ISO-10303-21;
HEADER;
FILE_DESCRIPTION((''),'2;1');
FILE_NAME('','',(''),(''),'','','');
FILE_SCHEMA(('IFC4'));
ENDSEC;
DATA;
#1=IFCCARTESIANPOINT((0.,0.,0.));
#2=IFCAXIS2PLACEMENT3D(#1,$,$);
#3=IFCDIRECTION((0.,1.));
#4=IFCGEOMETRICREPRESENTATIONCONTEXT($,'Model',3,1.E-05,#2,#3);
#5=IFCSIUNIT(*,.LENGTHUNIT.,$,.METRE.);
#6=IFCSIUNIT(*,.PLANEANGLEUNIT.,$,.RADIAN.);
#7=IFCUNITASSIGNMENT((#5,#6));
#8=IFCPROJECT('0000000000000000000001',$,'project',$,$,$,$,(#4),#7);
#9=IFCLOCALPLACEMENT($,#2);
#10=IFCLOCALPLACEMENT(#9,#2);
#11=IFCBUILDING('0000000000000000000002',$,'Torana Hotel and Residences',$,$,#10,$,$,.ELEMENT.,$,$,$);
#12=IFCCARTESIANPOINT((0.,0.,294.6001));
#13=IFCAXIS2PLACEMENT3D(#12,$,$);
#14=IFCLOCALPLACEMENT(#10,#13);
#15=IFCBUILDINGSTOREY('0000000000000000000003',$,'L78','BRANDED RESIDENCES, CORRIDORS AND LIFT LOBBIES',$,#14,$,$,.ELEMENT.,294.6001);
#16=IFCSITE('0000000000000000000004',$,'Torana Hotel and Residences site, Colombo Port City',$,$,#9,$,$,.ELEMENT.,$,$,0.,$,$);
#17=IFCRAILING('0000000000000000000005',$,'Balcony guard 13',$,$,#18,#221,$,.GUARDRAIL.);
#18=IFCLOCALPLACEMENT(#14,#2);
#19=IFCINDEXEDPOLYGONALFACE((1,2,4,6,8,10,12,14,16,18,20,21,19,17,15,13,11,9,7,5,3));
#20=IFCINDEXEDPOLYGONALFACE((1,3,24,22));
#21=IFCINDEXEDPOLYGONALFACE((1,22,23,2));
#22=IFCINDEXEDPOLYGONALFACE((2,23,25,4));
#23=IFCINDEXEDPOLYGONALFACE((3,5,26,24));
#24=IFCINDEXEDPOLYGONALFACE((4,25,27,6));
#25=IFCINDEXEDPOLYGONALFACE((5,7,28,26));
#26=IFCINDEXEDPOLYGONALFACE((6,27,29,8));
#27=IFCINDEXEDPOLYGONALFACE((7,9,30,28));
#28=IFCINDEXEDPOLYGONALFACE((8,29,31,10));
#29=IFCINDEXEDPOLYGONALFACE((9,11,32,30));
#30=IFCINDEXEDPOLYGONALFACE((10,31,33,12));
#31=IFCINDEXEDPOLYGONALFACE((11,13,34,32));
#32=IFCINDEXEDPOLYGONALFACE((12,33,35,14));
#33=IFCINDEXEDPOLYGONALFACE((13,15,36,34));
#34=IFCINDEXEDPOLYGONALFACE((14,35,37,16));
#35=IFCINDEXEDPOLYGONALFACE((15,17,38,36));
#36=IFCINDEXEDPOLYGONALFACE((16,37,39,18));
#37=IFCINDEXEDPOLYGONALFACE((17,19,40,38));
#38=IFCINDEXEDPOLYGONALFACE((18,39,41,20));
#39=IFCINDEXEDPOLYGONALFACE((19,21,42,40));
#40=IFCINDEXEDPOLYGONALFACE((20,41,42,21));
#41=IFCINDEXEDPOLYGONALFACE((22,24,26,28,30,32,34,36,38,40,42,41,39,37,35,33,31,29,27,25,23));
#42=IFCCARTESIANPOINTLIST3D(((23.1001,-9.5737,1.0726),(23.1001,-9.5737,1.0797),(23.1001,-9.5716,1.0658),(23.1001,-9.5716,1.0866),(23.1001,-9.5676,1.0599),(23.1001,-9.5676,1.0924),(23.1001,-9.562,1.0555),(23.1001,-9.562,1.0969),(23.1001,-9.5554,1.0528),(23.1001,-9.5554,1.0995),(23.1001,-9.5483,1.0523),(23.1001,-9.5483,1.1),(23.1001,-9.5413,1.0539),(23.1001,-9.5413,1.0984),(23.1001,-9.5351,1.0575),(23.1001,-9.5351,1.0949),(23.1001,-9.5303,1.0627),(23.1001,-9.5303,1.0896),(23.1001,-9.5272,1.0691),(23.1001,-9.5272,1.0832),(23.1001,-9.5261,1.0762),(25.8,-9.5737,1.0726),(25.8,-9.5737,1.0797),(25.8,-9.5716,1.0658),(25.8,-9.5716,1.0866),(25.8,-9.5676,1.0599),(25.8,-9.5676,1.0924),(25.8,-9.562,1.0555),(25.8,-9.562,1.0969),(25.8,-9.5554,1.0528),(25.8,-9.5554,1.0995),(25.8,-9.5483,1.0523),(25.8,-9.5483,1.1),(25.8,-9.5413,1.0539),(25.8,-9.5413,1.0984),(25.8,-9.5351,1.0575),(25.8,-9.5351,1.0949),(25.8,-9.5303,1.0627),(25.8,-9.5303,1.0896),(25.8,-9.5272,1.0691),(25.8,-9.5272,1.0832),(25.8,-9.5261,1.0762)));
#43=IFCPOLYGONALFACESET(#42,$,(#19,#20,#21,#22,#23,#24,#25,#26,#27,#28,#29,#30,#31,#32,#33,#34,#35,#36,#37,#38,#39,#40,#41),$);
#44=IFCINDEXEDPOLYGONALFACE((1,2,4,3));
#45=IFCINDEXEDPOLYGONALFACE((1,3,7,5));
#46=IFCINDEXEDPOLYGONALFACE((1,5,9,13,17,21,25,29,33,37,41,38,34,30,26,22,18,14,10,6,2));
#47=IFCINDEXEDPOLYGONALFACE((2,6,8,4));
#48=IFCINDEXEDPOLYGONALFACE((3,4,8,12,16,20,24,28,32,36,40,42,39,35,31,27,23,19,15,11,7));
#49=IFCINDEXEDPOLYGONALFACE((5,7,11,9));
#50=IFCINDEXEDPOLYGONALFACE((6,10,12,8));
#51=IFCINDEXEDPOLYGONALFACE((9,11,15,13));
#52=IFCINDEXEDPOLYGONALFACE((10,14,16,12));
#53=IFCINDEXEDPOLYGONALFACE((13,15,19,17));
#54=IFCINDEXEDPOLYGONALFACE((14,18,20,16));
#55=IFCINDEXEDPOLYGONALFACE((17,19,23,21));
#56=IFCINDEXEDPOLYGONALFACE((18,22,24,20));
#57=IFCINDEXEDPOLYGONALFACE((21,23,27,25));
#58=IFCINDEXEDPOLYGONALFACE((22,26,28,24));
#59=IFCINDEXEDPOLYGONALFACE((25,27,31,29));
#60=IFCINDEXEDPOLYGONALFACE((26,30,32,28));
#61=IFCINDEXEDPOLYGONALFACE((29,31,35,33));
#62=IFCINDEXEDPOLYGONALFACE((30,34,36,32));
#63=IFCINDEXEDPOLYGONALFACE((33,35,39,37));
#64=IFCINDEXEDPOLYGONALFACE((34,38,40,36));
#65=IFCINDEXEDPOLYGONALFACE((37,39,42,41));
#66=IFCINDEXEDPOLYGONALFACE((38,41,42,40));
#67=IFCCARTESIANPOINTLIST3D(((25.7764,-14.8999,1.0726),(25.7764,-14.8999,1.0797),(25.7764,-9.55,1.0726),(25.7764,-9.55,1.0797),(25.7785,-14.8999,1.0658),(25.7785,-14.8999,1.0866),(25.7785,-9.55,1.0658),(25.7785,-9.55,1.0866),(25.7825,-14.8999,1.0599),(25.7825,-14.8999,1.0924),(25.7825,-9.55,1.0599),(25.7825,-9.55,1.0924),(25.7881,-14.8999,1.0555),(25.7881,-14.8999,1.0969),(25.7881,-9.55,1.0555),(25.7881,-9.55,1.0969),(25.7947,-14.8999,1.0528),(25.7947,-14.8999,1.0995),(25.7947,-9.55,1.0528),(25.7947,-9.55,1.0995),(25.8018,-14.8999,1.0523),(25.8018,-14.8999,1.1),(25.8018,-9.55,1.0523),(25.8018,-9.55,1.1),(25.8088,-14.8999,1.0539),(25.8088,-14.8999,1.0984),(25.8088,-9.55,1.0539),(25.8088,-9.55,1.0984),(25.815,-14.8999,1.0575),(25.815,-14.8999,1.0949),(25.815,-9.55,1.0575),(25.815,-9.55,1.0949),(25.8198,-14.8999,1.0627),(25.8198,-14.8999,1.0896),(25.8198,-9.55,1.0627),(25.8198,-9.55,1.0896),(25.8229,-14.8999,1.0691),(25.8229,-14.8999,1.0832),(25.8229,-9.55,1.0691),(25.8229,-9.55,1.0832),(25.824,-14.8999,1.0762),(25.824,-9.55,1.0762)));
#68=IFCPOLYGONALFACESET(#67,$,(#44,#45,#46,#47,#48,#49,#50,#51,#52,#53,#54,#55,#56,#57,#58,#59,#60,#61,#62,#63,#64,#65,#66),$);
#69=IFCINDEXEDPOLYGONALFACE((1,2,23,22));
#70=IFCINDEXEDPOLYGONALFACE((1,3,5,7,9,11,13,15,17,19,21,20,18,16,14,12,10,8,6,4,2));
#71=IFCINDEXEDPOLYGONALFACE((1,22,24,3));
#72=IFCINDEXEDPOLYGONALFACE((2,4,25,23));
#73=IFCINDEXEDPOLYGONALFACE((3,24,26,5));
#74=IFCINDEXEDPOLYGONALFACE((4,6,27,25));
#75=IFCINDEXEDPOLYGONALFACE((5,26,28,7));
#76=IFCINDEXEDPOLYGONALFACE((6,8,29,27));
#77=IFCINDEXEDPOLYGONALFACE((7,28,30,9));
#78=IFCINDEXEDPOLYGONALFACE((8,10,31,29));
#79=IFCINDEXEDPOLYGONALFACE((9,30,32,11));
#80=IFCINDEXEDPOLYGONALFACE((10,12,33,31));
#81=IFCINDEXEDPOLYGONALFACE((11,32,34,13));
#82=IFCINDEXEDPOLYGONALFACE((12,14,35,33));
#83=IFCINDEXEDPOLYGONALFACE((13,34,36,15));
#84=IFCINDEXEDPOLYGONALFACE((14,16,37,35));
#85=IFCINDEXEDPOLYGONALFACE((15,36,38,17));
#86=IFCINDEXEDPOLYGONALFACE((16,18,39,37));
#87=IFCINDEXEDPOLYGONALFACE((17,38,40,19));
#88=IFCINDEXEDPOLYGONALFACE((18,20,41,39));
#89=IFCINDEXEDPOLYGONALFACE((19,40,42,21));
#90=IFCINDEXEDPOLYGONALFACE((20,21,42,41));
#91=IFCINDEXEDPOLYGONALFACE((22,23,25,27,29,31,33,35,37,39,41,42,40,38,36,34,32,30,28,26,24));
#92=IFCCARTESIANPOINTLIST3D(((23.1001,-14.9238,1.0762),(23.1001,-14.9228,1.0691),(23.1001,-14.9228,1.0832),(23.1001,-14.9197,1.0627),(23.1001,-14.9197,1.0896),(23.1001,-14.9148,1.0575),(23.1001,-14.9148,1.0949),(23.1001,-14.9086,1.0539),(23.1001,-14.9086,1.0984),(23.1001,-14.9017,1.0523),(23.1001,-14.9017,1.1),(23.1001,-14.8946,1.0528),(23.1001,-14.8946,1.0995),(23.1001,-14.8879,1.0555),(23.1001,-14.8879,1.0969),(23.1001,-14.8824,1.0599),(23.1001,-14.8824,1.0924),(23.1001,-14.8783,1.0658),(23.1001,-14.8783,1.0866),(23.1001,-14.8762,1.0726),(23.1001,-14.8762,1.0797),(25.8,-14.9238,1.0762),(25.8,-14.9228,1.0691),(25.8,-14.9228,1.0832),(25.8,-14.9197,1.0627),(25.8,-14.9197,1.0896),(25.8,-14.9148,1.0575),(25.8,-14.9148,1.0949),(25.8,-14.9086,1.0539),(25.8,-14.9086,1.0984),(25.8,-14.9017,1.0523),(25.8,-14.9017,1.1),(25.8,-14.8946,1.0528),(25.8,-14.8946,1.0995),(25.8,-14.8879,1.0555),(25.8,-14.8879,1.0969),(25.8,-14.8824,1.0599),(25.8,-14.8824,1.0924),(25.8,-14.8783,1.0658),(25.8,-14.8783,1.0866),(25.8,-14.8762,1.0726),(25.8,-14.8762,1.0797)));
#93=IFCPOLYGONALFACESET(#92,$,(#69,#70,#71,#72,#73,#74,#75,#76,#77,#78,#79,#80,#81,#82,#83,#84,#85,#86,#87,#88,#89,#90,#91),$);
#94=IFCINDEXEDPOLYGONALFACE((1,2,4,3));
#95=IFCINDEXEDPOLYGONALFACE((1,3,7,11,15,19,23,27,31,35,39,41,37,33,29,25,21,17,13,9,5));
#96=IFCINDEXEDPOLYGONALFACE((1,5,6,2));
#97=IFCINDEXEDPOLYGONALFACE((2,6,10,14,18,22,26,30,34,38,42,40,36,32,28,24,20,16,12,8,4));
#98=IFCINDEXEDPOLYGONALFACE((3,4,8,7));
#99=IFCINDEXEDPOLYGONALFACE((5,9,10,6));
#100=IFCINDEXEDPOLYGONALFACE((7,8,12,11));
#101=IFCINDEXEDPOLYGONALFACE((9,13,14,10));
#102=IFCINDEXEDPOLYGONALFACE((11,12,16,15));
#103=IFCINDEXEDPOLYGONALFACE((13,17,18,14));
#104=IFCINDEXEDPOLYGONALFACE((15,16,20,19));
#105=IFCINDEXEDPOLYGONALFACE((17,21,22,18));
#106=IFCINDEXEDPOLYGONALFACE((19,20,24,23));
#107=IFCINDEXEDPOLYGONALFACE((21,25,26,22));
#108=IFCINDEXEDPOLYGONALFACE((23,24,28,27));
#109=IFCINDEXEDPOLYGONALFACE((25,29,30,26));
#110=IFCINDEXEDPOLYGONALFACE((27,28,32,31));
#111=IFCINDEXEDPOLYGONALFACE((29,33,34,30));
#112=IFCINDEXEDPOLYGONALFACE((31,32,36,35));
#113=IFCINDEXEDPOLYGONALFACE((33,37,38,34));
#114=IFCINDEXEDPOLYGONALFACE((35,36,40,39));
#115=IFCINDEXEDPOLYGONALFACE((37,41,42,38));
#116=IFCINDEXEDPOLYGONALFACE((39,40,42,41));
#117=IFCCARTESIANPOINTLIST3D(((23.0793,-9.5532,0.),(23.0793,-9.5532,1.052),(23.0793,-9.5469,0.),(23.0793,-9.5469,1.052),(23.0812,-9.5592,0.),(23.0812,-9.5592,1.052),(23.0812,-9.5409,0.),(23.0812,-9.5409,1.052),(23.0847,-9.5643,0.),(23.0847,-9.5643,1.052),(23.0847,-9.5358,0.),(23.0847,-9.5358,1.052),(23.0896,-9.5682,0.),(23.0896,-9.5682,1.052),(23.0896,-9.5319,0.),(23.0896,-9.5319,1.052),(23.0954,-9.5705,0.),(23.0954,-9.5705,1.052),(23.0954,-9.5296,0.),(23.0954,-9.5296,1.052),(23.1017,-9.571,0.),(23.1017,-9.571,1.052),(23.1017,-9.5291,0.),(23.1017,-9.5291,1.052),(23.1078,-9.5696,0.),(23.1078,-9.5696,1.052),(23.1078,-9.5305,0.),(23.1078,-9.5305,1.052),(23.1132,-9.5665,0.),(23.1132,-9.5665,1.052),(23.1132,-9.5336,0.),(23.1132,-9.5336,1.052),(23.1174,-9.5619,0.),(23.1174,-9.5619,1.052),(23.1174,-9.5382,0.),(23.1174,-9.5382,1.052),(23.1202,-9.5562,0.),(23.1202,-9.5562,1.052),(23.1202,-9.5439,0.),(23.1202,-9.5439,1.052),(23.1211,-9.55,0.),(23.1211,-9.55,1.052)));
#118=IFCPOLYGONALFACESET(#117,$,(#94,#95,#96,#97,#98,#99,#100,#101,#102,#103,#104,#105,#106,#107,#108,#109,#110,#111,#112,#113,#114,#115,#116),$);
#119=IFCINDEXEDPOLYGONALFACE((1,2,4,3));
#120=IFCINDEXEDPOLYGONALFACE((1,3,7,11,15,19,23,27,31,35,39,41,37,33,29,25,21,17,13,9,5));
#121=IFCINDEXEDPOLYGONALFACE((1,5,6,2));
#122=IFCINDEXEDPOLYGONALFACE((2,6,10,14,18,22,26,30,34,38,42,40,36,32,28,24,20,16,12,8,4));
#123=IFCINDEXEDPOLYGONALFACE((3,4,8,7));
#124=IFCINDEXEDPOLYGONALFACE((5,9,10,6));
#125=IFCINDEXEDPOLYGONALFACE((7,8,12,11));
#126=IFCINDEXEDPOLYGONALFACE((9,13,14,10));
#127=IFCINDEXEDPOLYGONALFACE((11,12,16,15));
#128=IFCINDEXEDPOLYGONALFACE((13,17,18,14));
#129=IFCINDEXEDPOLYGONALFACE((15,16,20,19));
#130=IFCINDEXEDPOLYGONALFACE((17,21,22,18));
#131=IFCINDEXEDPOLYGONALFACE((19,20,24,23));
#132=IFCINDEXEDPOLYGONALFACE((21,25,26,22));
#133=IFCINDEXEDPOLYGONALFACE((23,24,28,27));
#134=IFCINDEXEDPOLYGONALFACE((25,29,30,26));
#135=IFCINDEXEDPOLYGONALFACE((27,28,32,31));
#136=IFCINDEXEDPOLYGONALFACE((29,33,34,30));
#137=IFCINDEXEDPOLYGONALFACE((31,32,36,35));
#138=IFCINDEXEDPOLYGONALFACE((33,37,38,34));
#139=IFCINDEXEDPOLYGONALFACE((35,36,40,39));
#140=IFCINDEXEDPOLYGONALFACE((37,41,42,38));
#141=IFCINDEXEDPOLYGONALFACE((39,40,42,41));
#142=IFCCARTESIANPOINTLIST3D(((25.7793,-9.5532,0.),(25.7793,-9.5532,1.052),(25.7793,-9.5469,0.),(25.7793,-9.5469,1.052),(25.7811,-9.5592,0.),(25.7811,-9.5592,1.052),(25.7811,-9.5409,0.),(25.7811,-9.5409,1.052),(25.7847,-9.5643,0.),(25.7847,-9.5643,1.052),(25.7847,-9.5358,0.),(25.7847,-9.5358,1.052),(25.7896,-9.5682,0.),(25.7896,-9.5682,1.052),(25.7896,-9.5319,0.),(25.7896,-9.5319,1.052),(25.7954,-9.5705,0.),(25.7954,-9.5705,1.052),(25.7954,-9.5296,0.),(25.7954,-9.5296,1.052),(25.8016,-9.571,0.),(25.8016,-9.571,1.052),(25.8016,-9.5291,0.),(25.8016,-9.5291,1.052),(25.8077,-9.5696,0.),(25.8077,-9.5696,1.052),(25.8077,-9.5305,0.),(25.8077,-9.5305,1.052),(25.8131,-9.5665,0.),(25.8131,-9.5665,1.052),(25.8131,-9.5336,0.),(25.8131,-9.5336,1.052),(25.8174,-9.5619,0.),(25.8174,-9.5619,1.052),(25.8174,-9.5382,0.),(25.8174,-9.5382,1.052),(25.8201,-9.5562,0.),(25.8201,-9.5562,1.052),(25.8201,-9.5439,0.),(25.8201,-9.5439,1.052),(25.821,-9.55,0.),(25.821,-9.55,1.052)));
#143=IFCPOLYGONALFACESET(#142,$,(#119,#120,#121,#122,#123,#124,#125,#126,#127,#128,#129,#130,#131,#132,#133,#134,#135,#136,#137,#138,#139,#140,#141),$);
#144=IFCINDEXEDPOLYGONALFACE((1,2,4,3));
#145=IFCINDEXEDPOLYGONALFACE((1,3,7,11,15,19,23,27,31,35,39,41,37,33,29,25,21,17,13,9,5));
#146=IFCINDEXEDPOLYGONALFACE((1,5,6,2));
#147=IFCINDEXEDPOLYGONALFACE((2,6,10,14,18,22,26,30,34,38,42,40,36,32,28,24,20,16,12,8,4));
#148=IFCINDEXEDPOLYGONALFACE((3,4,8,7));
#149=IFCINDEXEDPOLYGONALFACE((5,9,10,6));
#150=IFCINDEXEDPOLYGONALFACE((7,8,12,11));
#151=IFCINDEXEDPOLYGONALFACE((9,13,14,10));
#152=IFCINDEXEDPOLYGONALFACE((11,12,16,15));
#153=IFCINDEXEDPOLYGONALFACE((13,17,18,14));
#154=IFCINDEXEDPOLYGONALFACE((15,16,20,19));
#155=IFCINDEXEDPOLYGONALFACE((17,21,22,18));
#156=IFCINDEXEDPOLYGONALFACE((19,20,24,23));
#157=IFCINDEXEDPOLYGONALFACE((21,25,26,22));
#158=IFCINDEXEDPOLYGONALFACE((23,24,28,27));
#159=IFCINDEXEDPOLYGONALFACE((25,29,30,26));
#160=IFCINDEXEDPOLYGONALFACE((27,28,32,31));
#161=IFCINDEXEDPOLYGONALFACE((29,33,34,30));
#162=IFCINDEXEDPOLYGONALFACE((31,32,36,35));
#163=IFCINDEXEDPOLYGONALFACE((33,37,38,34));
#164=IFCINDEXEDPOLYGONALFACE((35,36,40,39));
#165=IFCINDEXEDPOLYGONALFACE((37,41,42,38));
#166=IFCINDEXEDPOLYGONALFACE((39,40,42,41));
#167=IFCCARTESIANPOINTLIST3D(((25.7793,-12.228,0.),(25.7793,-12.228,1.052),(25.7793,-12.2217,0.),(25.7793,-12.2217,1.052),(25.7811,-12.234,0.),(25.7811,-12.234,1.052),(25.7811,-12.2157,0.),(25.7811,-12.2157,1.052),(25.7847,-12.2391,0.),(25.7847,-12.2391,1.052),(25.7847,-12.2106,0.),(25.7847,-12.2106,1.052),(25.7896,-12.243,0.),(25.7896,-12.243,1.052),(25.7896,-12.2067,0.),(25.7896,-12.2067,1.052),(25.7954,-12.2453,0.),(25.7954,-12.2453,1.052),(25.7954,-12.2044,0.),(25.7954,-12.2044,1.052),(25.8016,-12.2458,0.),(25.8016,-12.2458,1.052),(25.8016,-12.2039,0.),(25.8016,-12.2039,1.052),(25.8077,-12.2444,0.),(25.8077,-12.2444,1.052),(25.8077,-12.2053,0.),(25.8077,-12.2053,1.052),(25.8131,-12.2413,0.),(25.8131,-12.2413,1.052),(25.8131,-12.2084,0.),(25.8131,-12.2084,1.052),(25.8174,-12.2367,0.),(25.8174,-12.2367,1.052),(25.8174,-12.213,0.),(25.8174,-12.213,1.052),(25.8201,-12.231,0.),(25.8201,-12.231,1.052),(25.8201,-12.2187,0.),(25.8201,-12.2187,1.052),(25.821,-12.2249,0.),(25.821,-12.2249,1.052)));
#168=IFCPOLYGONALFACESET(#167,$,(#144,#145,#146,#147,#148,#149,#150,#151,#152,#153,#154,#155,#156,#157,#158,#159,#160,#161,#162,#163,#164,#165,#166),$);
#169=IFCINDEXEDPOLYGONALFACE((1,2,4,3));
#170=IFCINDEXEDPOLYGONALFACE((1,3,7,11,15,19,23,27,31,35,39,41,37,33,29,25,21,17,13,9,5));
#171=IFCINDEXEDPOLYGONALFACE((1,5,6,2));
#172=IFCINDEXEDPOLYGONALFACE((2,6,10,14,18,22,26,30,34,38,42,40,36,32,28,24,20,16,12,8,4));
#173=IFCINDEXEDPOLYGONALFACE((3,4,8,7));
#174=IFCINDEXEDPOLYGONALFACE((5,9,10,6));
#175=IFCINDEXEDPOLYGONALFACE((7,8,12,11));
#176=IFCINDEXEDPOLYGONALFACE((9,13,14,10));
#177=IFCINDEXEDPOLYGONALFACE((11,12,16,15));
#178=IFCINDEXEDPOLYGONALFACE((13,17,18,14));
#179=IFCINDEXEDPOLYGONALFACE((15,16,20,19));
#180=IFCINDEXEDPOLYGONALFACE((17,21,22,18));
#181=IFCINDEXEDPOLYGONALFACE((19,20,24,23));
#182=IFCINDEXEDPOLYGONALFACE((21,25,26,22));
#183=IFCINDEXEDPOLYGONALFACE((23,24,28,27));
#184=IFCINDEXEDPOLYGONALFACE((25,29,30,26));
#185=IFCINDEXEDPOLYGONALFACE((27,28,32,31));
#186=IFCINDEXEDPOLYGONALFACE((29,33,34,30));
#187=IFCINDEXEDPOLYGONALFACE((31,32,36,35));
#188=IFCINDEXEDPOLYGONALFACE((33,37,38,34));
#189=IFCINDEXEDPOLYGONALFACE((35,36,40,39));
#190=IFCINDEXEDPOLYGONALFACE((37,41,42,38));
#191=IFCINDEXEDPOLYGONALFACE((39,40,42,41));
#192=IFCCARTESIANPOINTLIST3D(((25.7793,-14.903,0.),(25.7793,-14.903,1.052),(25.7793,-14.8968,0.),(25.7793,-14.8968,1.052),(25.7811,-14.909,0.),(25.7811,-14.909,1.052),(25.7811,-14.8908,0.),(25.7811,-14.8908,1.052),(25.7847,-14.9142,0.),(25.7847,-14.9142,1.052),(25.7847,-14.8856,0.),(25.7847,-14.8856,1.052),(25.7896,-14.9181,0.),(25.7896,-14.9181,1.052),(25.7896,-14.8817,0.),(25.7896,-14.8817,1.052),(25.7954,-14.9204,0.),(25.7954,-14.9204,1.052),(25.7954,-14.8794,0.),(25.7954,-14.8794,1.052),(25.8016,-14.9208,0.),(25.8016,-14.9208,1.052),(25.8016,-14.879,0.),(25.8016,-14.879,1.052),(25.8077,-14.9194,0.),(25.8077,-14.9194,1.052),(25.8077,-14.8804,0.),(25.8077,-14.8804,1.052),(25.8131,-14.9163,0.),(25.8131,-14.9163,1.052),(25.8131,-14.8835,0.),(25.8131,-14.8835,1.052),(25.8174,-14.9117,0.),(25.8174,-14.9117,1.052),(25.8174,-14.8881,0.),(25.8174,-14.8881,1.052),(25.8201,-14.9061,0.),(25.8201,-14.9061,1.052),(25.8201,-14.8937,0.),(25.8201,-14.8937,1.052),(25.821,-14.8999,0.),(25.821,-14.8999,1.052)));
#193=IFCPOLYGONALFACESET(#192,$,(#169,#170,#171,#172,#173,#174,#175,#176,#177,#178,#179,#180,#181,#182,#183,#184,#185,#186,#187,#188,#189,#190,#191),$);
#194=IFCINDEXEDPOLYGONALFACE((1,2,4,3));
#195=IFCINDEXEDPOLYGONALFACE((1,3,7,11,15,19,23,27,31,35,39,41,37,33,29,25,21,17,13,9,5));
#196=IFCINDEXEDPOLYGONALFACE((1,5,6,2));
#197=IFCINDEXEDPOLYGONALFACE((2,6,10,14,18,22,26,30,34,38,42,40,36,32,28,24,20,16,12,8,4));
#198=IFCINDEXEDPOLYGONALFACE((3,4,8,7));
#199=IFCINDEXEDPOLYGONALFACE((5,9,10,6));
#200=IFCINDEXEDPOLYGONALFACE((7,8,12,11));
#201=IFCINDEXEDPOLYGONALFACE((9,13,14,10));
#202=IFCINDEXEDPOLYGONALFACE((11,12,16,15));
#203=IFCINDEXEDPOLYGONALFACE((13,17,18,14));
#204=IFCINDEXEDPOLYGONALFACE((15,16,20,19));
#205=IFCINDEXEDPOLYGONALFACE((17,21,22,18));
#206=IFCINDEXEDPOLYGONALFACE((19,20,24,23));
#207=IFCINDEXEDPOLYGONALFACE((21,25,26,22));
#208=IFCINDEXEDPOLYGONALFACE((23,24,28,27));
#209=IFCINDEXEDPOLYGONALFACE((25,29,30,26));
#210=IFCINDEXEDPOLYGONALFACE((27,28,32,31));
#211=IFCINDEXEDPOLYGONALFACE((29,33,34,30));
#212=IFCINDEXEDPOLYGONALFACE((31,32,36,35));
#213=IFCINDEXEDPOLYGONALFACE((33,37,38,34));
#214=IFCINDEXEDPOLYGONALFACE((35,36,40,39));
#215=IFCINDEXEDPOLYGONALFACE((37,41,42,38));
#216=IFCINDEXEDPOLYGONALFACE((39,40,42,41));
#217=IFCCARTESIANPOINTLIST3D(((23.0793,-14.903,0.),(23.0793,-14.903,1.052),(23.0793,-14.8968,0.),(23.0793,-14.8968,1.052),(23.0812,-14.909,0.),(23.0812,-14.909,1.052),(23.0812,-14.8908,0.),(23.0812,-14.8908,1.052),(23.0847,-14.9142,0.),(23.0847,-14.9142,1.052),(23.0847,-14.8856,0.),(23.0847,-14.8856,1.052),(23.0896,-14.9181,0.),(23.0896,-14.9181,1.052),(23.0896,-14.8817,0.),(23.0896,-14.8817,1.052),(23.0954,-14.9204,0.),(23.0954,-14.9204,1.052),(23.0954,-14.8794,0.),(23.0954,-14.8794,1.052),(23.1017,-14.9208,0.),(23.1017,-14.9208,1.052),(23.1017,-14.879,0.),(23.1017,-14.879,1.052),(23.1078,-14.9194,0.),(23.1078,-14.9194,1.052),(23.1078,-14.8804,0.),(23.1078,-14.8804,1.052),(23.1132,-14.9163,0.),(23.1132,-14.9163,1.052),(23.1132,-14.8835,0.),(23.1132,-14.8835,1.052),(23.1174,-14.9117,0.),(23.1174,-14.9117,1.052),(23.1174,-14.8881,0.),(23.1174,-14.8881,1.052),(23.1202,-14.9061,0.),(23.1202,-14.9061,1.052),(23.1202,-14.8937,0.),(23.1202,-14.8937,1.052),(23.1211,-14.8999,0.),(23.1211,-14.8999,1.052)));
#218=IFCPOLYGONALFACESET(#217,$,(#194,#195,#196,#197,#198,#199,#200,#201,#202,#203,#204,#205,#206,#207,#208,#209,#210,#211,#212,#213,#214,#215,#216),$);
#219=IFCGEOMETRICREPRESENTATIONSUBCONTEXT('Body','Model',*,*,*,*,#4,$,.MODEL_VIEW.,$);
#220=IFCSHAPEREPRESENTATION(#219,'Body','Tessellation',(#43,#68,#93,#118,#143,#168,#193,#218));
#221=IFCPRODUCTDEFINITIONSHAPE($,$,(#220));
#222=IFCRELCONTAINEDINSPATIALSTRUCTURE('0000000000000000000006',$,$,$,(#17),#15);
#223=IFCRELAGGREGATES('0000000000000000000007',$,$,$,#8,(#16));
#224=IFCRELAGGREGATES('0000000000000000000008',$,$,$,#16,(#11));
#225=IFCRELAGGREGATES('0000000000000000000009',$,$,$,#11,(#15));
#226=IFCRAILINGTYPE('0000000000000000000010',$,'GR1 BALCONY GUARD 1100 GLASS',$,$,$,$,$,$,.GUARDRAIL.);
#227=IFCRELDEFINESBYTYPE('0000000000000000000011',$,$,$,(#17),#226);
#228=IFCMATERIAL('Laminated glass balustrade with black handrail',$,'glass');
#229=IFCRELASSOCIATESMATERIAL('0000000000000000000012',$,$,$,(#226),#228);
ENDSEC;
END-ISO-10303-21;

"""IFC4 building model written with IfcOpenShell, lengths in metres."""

from ifc_helpers import new_model, si_unit, direction, frame, origin, origin_2d, place, context, subcontext, project, spatial, circle, extrude, material, type_object, element, save


model = new_model("IFC4")

# Units and contexts
model_context = context("Model", 3, precision=1e-05, world=origin(), true_north=direction((0.0, 1.0)))
body_context = subcontext(model_context, "Body", "Model", "MODEL_VIEW")
ifc_project = project(units=[si_unit("LENGTHUNIT", "METRE"), si_unit("PLANEANGLEUNIT", "RADIAN")], contexts=[model_context])

# Site, building, storey
site_placement = place(None, origin())
site = spatial("IfcSite", under=ifc_project, at=site_placement, Name="Torana Hotel and Residences site, Colombo Port City", CompositionType="ELEMENT", RefElevation=0.0)
building_placement = place(site_placement, origin())
building = spatial("IfcBuilding", under=site, at=building_placement, Name="Torana Hotel and Residences", CompositionType="ELEMENT")
storey_placement = place(building_placement, frame((0.0, 0.0, 294.6001)))
storey = spatial("IfcBuildingStorey", under=building, at=storey_placement, Name="L78", Description="BRANDED RESIDENCES, CORRIDORS AND LIFT LOBBIES", CompositionType="ELEMENT", Elevation=294.6001)

# Railing
ifc_material_1 = material(Name="Laminated glass balustrade with black handrail", Category="glass")
railing_type_1 = type_object("IfcRailingType", Name="GR1 BALCONY GUARD 1100 GLASS", PredefinedType="GUARDRAIL", material=ifc_material_1)
railing_1_placement = place(storey_placement, frame((23.1001, -9.55, 0.0)))
element("IfcRailing", 1, at=railing_1_placement, inside=storey, type_object=railing_type_1, Name="Balcony guard 13", PredefinedType="GUARDRAIL", context=body_context, shape_type="SweptSolid", body=[
    extrude(circle(Radius=0.0239, at=origin_2d()), frame((0.0, 0.0, 1.0762), z_axis=(1.0, 0.0, 0.0), x_axis=(0.0, 1.0, 0.0)), (0.0, 0.0, 1.0), 2.7),
    extrude(circle(Radius=0.0239, at=origin_2d()), frame((2.7, 0.0, 1.0762), z_axis=(0.0, -1.0, 0.0), x_axis=(1.0, 0.0, 0.0)), (0.0, 0.0, 1.0), 5.3499),
    extrude(circle(Radius=0.0239, at=origin_2d()), frame((2.7, -5.3499, 1.0762), z_axis=(-1.0, 0.0, 0.0), x_axis=(0.0, -1.0, 0.0)), (0.0, 0.0, 1.0), 2.7),
    extrude(circle(Radius=0.021, at=origin_2d()), origin(), (0.0, 0.0, 1.0), 1.052),
    extrude(circle(Radius=0.021, at=origin_2d()), frame((2.7, 0.0, 0.0)), (0.0, 0.0, 1.0), 1.052),
    extrude(circle(Radius=0.021, at=origin_2d()), frame((2.7, -2.6748, 0.0)), (0.0, 0.0, 1.0), 1.052),
    extrude(circle(Radius=0.021, at=origin_2d()), frame((2.7, -5.3499, 0.0)), (0.0, 0.0, 1.0), 1.052),
    extrude(circle(Radius=0.021, at=origin_2d()), frame((0.0, -5.3499, 0.0)), (0.0, 0.0, 1.0), 1.052),
])

save(model, "model.ifc")
